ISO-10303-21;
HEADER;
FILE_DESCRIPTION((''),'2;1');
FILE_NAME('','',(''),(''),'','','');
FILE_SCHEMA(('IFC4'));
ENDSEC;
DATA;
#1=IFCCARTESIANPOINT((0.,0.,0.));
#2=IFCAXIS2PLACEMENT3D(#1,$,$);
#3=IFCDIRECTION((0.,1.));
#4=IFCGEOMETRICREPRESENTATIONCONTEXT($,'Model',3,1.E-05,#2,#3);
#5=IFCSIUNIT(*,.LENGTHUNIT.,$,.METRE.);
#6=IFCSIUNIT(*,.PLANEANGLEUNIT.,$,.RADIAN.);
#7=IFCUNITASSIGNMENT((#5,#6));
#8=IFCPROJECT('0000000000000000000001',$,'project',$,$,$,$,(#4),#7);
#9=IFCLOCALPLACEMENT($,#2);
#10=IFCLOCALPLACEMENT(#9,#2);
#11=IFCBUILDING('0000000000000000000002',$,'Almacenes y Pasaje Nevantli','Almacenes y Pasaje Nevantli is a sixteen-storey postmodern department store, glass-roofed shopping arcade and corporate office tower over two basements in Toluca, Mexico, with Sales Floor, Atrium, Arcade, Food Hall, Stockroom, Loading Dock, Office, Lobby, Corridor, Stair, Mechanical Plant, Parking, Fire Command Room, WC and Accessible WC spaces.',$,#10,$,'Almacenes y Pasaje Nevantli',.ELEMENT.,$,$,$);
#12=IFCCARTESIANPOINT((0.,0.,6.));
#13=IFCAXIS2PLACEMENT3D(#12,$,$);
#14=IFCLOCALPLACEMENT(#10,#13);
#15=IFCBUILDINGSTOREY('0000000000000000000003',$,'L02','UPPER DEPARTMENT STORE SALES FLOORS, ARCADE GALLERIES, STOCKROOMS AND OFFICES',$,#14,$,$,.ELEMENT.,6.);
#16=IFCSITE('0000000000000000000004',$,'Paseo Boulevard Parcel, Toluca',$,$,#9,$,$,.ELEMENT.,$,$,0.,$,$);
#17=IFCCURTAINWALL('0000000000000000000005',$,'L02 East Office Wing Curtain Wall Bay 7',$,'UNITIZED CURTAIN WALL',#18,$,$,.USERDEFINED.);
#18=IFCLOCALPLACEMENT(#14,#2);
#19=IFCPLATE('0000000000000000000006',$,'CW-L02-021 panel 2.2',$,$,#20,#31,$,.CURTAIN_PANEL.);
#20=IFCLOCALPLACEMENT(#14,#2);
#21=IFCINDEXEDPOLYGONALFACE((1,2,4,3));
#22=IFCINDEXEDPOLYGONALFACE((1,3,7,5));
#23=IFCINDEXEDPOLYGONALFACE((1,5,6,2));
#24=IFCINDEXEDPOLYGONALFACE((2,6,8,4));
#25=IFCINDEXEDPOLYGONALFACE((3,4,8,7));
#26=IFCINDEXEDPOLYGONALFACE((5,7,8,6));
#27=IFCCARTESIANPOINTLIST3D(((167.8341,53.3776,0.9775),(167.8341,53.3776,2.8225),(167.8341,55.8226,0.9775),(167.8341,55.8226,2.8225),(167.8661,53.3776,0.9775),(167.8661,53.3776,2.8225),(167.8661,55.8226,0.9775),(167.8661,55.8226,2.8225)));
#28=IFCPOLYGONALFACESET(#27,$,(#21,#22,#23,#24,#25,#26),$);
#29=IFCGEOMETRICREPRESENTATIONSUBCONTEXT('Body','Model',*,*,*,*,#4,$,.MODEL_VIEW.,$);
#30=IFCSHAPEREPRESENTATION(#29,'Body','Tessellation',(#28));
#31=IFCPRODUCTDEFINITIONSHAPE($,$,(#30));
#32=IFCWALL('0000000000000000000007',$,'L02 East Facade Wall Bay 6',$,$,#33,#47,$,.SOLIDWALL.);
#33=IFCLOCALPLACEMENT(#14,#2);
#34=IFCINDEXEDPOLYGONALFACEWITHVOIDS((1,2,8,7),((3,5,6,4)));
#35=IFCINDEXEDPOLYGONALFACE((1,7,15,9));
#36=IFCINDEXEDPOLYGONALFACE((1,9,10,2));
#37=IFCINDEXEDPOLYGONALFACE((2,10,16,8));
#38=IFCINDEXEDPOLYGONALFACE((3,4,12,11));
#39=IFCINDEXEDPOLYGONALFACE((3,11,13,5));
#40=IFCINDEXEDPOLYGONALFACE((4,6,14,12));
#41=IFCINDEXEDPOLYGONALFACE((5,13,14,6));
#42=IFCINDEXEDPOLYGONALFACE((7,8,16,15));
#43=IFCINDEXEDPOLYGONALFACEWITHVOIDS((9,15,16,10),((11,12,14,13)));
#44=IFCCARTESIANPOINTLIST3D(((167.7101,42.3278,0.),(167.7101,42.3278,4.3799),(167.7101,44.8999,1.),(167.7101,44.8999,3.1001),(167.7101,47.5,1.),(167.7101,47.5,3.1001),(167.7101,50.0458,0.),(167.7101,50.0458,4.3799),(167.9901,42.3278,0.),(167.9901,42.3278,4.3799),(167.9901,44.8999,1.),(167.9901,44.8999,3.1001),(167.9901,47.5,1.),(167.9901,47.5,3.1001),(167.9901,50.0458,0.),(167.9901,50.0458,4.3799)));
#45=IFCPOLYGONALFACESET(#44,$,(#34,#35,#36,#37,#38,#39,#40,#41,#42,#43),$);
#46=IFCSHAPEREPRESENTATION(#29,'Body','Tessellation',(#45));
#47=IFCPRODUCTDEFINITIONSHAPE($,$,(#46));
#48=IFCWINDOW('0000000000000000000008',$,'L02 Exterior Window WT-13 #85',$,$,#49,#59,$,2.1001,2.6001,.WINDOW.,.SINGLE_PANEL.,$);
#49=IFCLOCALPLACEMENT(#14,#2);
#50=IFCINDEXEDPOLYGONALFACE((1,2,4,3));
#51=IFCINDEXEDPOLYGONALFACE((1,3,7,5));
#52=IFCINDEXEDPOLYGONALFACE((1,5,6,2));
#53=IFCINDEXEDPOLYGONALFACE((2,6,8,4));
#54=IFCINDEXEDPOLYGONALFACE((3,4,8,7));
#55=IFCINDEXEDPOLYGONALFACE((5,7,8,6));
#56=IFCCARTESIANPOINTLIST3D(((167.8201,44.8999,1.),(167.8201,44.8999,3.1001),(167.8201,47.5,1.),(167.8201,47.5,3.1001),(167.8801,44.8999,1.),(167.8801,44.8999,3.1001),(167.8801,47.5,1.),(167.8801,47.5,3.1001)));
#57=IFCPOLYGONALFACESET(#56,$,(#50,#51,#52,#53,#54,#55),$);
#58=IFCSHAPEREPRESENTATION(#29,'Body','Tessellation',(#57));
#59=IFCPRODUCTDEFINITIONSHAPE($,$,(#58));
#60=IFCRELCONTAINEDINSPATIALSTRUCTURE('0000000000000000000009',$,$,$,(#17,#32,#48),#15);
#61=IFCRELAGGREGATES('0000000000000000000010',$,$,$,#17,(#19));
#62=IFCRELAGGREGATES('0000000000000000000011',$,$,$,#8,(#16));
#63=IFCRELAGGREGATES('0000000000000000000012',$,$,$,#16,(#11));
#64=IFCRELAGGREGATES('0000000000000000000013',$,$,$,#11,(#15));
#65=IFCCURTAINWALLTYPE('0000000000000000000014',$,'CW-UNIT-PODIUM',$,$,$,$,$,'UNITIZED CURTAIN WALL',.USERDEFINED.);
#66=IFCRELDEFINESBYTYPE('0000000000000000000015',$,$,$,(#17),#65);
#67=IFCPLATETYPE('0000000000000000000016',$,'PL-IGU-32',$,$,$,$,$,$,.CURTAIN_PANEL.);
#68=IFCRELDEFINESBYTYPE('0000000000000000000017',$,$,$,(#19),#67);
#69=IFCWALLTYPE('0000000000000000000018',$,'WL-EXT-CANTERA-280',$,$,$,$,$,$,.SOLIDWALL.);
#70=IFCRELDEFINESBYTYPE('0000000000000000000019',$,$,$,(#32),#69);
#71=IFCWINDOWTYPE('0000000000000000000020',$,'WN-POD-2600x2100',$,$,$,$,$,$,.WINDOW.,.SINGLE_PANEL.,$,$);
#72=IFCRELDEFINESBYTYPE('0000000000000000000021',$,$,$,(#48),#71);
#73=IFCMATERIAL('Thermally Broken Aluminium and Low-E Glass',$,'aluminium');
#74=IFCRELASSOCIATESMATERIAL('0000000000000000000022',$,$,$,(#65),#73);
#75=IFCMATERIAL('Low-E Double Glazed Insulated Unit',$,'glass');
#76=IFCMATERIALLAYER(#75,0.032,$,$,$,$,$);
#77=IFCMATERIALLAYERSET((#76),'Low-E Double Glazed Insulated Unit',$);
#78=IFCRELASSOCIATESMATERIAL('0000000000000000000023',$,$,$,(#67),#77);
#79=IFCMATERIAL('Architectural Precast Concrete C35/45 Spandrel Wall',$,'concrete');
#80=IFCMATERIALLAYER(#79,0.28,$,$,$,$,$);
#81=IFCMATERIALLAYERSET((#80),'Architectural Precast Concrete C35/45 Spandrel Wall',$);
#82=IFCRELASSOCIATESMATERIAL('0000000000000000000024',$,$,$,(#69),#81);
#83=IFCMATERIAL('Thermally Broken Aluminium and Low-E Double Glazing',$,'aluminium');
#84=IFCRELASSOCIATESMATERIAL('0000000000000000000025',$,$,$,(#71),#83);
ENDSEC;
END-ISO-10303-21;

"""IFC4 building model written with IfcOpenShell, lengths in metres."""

from ifc_helpers import new_model, si_unit, direction, frame, frame_2d, origin, origin_2d, place, context, subcontext, project, spatial, rectangle, extrude, material, layer, layer_set, type_object, element, fill, aggregate, save


model = new_model("IFC4")

# Units and contexts
model_context = context("Model", 3, precision=1e-05, world=origin(), true_north=direction((0.0, 1.0)))
body_context = subcontext(model_context, "Body", "Model", "MODEL_VIEW")
ifc_project = project(units=[si_unit("LENGTHUNIT", "METRE"), si_unit("PLANEANGLEUNIT", "RADIAN")], contexts=[model_context])

# Site, building, storey
site_placement = place(None, origin())
site = spatial("IfcSite", under=ifc_project, at=site_placement, Name="Paseo Boulevard Parcel, Toluca", CompositionType="ELEMENT", RefElevation=0.0)
building_placement = place(site_placement, origin())
building = spatial("IfcBuilding", under=site, at=building_placement, Name="Almacenes y Pasaje Nevantli", Description="Almacenes y Pasaje Nevantli is a sixteen-storey postmodern department store, glass-roofed shopping arcade and corporate office tower over two basements in Toluca, Mexico, with Sales Floor, Atrium, Arcade, Food Hall, Stockroom, Loading Dock, Office, Lobby, Corridor, Stair, Mechanical Plant, Parking, Fire Command Room, WC and Accessible WC spaces.", LongName="Almacenes y Pasaje Nevantli", CompositionType="ELEMENT")
storey_placement = place(building_placement, frame((0.0, 0.0, 6.0)))
storey = spatial("IfcBuildingStorey", under=building, at=storey_placement, Name="L02", Description="UPPER DEPARTMENT STORE SALES FLOORS, ARCADE GALLERIES, STOCKROOMS AND OFFICES", CompositionType="ELEMENT", Elevation=6.0)

# Curtain wall, plate
ifc_material_1 = material(Name="Thermally Broken Aluminium and Low-E Glass", Category="aluminium")
curtain_wall_type = type_object("IfcCurtainWallType", Name="CW-UNIT-PODIUM", ElementType="UNITIZED CURTAIN WALL", PredefinedType="USERDEFINED", material=ifc_material_1)
curtain_wall_placement = place(storey_placement, origin())
curtain_wall = element("IfcCurtainWall", 1, at=curtain_wall_placement, inside=storey, type_object=curtain_wall_type, Name="L02 East Office Wing Curtain Wall Bay 7", ObjectType="UNITIZED CURTAIN WALL", PredefinedType="USERDEFINED")
ifc_material_2 = material(Name="Low-E Double Glazed Insulated Unit", Category="glass")
ifc_layer_1 = layer(ifc_material_2, 0.032)
ifc_layer_set_1 = layer_set([ifc_layer_1], Name="Low-E Double Glazed Insulated Unit")
plate_type = type_object("IfcPlateType", Name="PL-IGU-32", PredefinedType="CURTAIN_PANEL", material=ifc_layer_set_1)
plate_1_placement = place(storey_placement, frame((167.8501, 54.6001, 0.9775), z_axis=(0.0, 0.0, 1.0), x_axis=(0.0, 1.0, 0.0)))
plate_1 = element("IfcPlate", 2, at=plate_1_placement, type_object=plate_type, Name="CW-L02-021 panel 2.2", PredefinedType="CURTAIN_PANEL", context=body_context, shape_type="SweptSolid", body=[
    extrude(rectangle(XDim=2.4451, YDim=0.032, at=origin_2d()), origin(), (0.0, 0.0, 1.0), 1.845),
])
aggregate(curtain_wall, [plate_1])

# Wall, opening, window
ifc_material_3 = material(Name="Architectural Precast Concrete C35/45 Spandrel Wall", Category="concrete")
ifc_layer_2 = layer(ifc_material_3, 0.28)
ifc_layer_set_2 = layer_set([ifc_layer_2], Name="Architectural Precast Concrete C35/45 Spandrel Wall")
wall_type = type_object("IfcWallType", Name="WL-EXT-CANTERA-280", PredefinedType="SOLIDWALL", material=ifc_layer_set_2)
wall_placement = place(storey_placement, frame((167.8501, 42.3279, 0.0), z_axis=(0.0, 0.0, 1.0), x_axis=(0.0, 1.0, 0.0)))
wall = element("IfcWall", 3, at=wall_placement, inside=storey, type_object=wall_type, Name="L02 East Facade Wall Bay 6", PredefinedType="SOLIDWALL", context=body_context, shape_type="SweptSolid", body=[
    extrude(rectangle(XDim=7.718, YDim=0.28, at=frame_2d((3.8589, 0.0))), origin(), (0.0, 0.0, 1.0), 4.3799),
])
opening_placement = place(wall_placement, frame((2.572, 0.0, 1.0)))
opening = element("IfcOpeningElement", 4, at=opening_placement, cuts=wall, PredefinedType="OPENING", context=body_context, shape_type="SweptSolid", body=[
    extrude(rectangle(XDim=2.6001, YDim=2.1001, at=frame_2d((1.3, 1.05))), frame((0.0, 0.1499, 0.0), z_axis=(0.0, -1.0, 0.0), x_axis=(1.0, 0.0, 0.0)), (0.0, 0.0, 1.0), 0.3),
])
ifc_material_4 = material(Name="Thermally Broken Aluminium and Low-E Double Glazing", Category="aluminium")
window_type = type_object("IfcWindowType", Name="WN-POD-2600x2100", PartitioningType="SINGLE_PANEL", PredefinedType="WINDOW", material=ifc_material_4)
window_placement = place(opening_placement, origin())
window = element("IfcWindow", 5, at=window_placement, inside=storey, type_object=window_type, Name="L02 Exterior Window WT-13 #85", OverallHeight=2.1001, OverallWidth=2.6001, PartitioningType="SINGLE_PANEL", PredefinedType="WINDOW", context=body_context, shape_type="SweptSolid", body=[
    extrude(rectangle(XDim=2.6001, YDim=2.1001, at=frame_2d((1.3, 1.05))), frame((0.0, 0.03, 0.0), z_axis=(0.0, -1.0, 0.0), x_axis=(1.0, 0.0, 0.0)), (0.0, 0.0, 1.0), 0.0601),
])
fill(opening, window)

save(model, "model.ifc")
